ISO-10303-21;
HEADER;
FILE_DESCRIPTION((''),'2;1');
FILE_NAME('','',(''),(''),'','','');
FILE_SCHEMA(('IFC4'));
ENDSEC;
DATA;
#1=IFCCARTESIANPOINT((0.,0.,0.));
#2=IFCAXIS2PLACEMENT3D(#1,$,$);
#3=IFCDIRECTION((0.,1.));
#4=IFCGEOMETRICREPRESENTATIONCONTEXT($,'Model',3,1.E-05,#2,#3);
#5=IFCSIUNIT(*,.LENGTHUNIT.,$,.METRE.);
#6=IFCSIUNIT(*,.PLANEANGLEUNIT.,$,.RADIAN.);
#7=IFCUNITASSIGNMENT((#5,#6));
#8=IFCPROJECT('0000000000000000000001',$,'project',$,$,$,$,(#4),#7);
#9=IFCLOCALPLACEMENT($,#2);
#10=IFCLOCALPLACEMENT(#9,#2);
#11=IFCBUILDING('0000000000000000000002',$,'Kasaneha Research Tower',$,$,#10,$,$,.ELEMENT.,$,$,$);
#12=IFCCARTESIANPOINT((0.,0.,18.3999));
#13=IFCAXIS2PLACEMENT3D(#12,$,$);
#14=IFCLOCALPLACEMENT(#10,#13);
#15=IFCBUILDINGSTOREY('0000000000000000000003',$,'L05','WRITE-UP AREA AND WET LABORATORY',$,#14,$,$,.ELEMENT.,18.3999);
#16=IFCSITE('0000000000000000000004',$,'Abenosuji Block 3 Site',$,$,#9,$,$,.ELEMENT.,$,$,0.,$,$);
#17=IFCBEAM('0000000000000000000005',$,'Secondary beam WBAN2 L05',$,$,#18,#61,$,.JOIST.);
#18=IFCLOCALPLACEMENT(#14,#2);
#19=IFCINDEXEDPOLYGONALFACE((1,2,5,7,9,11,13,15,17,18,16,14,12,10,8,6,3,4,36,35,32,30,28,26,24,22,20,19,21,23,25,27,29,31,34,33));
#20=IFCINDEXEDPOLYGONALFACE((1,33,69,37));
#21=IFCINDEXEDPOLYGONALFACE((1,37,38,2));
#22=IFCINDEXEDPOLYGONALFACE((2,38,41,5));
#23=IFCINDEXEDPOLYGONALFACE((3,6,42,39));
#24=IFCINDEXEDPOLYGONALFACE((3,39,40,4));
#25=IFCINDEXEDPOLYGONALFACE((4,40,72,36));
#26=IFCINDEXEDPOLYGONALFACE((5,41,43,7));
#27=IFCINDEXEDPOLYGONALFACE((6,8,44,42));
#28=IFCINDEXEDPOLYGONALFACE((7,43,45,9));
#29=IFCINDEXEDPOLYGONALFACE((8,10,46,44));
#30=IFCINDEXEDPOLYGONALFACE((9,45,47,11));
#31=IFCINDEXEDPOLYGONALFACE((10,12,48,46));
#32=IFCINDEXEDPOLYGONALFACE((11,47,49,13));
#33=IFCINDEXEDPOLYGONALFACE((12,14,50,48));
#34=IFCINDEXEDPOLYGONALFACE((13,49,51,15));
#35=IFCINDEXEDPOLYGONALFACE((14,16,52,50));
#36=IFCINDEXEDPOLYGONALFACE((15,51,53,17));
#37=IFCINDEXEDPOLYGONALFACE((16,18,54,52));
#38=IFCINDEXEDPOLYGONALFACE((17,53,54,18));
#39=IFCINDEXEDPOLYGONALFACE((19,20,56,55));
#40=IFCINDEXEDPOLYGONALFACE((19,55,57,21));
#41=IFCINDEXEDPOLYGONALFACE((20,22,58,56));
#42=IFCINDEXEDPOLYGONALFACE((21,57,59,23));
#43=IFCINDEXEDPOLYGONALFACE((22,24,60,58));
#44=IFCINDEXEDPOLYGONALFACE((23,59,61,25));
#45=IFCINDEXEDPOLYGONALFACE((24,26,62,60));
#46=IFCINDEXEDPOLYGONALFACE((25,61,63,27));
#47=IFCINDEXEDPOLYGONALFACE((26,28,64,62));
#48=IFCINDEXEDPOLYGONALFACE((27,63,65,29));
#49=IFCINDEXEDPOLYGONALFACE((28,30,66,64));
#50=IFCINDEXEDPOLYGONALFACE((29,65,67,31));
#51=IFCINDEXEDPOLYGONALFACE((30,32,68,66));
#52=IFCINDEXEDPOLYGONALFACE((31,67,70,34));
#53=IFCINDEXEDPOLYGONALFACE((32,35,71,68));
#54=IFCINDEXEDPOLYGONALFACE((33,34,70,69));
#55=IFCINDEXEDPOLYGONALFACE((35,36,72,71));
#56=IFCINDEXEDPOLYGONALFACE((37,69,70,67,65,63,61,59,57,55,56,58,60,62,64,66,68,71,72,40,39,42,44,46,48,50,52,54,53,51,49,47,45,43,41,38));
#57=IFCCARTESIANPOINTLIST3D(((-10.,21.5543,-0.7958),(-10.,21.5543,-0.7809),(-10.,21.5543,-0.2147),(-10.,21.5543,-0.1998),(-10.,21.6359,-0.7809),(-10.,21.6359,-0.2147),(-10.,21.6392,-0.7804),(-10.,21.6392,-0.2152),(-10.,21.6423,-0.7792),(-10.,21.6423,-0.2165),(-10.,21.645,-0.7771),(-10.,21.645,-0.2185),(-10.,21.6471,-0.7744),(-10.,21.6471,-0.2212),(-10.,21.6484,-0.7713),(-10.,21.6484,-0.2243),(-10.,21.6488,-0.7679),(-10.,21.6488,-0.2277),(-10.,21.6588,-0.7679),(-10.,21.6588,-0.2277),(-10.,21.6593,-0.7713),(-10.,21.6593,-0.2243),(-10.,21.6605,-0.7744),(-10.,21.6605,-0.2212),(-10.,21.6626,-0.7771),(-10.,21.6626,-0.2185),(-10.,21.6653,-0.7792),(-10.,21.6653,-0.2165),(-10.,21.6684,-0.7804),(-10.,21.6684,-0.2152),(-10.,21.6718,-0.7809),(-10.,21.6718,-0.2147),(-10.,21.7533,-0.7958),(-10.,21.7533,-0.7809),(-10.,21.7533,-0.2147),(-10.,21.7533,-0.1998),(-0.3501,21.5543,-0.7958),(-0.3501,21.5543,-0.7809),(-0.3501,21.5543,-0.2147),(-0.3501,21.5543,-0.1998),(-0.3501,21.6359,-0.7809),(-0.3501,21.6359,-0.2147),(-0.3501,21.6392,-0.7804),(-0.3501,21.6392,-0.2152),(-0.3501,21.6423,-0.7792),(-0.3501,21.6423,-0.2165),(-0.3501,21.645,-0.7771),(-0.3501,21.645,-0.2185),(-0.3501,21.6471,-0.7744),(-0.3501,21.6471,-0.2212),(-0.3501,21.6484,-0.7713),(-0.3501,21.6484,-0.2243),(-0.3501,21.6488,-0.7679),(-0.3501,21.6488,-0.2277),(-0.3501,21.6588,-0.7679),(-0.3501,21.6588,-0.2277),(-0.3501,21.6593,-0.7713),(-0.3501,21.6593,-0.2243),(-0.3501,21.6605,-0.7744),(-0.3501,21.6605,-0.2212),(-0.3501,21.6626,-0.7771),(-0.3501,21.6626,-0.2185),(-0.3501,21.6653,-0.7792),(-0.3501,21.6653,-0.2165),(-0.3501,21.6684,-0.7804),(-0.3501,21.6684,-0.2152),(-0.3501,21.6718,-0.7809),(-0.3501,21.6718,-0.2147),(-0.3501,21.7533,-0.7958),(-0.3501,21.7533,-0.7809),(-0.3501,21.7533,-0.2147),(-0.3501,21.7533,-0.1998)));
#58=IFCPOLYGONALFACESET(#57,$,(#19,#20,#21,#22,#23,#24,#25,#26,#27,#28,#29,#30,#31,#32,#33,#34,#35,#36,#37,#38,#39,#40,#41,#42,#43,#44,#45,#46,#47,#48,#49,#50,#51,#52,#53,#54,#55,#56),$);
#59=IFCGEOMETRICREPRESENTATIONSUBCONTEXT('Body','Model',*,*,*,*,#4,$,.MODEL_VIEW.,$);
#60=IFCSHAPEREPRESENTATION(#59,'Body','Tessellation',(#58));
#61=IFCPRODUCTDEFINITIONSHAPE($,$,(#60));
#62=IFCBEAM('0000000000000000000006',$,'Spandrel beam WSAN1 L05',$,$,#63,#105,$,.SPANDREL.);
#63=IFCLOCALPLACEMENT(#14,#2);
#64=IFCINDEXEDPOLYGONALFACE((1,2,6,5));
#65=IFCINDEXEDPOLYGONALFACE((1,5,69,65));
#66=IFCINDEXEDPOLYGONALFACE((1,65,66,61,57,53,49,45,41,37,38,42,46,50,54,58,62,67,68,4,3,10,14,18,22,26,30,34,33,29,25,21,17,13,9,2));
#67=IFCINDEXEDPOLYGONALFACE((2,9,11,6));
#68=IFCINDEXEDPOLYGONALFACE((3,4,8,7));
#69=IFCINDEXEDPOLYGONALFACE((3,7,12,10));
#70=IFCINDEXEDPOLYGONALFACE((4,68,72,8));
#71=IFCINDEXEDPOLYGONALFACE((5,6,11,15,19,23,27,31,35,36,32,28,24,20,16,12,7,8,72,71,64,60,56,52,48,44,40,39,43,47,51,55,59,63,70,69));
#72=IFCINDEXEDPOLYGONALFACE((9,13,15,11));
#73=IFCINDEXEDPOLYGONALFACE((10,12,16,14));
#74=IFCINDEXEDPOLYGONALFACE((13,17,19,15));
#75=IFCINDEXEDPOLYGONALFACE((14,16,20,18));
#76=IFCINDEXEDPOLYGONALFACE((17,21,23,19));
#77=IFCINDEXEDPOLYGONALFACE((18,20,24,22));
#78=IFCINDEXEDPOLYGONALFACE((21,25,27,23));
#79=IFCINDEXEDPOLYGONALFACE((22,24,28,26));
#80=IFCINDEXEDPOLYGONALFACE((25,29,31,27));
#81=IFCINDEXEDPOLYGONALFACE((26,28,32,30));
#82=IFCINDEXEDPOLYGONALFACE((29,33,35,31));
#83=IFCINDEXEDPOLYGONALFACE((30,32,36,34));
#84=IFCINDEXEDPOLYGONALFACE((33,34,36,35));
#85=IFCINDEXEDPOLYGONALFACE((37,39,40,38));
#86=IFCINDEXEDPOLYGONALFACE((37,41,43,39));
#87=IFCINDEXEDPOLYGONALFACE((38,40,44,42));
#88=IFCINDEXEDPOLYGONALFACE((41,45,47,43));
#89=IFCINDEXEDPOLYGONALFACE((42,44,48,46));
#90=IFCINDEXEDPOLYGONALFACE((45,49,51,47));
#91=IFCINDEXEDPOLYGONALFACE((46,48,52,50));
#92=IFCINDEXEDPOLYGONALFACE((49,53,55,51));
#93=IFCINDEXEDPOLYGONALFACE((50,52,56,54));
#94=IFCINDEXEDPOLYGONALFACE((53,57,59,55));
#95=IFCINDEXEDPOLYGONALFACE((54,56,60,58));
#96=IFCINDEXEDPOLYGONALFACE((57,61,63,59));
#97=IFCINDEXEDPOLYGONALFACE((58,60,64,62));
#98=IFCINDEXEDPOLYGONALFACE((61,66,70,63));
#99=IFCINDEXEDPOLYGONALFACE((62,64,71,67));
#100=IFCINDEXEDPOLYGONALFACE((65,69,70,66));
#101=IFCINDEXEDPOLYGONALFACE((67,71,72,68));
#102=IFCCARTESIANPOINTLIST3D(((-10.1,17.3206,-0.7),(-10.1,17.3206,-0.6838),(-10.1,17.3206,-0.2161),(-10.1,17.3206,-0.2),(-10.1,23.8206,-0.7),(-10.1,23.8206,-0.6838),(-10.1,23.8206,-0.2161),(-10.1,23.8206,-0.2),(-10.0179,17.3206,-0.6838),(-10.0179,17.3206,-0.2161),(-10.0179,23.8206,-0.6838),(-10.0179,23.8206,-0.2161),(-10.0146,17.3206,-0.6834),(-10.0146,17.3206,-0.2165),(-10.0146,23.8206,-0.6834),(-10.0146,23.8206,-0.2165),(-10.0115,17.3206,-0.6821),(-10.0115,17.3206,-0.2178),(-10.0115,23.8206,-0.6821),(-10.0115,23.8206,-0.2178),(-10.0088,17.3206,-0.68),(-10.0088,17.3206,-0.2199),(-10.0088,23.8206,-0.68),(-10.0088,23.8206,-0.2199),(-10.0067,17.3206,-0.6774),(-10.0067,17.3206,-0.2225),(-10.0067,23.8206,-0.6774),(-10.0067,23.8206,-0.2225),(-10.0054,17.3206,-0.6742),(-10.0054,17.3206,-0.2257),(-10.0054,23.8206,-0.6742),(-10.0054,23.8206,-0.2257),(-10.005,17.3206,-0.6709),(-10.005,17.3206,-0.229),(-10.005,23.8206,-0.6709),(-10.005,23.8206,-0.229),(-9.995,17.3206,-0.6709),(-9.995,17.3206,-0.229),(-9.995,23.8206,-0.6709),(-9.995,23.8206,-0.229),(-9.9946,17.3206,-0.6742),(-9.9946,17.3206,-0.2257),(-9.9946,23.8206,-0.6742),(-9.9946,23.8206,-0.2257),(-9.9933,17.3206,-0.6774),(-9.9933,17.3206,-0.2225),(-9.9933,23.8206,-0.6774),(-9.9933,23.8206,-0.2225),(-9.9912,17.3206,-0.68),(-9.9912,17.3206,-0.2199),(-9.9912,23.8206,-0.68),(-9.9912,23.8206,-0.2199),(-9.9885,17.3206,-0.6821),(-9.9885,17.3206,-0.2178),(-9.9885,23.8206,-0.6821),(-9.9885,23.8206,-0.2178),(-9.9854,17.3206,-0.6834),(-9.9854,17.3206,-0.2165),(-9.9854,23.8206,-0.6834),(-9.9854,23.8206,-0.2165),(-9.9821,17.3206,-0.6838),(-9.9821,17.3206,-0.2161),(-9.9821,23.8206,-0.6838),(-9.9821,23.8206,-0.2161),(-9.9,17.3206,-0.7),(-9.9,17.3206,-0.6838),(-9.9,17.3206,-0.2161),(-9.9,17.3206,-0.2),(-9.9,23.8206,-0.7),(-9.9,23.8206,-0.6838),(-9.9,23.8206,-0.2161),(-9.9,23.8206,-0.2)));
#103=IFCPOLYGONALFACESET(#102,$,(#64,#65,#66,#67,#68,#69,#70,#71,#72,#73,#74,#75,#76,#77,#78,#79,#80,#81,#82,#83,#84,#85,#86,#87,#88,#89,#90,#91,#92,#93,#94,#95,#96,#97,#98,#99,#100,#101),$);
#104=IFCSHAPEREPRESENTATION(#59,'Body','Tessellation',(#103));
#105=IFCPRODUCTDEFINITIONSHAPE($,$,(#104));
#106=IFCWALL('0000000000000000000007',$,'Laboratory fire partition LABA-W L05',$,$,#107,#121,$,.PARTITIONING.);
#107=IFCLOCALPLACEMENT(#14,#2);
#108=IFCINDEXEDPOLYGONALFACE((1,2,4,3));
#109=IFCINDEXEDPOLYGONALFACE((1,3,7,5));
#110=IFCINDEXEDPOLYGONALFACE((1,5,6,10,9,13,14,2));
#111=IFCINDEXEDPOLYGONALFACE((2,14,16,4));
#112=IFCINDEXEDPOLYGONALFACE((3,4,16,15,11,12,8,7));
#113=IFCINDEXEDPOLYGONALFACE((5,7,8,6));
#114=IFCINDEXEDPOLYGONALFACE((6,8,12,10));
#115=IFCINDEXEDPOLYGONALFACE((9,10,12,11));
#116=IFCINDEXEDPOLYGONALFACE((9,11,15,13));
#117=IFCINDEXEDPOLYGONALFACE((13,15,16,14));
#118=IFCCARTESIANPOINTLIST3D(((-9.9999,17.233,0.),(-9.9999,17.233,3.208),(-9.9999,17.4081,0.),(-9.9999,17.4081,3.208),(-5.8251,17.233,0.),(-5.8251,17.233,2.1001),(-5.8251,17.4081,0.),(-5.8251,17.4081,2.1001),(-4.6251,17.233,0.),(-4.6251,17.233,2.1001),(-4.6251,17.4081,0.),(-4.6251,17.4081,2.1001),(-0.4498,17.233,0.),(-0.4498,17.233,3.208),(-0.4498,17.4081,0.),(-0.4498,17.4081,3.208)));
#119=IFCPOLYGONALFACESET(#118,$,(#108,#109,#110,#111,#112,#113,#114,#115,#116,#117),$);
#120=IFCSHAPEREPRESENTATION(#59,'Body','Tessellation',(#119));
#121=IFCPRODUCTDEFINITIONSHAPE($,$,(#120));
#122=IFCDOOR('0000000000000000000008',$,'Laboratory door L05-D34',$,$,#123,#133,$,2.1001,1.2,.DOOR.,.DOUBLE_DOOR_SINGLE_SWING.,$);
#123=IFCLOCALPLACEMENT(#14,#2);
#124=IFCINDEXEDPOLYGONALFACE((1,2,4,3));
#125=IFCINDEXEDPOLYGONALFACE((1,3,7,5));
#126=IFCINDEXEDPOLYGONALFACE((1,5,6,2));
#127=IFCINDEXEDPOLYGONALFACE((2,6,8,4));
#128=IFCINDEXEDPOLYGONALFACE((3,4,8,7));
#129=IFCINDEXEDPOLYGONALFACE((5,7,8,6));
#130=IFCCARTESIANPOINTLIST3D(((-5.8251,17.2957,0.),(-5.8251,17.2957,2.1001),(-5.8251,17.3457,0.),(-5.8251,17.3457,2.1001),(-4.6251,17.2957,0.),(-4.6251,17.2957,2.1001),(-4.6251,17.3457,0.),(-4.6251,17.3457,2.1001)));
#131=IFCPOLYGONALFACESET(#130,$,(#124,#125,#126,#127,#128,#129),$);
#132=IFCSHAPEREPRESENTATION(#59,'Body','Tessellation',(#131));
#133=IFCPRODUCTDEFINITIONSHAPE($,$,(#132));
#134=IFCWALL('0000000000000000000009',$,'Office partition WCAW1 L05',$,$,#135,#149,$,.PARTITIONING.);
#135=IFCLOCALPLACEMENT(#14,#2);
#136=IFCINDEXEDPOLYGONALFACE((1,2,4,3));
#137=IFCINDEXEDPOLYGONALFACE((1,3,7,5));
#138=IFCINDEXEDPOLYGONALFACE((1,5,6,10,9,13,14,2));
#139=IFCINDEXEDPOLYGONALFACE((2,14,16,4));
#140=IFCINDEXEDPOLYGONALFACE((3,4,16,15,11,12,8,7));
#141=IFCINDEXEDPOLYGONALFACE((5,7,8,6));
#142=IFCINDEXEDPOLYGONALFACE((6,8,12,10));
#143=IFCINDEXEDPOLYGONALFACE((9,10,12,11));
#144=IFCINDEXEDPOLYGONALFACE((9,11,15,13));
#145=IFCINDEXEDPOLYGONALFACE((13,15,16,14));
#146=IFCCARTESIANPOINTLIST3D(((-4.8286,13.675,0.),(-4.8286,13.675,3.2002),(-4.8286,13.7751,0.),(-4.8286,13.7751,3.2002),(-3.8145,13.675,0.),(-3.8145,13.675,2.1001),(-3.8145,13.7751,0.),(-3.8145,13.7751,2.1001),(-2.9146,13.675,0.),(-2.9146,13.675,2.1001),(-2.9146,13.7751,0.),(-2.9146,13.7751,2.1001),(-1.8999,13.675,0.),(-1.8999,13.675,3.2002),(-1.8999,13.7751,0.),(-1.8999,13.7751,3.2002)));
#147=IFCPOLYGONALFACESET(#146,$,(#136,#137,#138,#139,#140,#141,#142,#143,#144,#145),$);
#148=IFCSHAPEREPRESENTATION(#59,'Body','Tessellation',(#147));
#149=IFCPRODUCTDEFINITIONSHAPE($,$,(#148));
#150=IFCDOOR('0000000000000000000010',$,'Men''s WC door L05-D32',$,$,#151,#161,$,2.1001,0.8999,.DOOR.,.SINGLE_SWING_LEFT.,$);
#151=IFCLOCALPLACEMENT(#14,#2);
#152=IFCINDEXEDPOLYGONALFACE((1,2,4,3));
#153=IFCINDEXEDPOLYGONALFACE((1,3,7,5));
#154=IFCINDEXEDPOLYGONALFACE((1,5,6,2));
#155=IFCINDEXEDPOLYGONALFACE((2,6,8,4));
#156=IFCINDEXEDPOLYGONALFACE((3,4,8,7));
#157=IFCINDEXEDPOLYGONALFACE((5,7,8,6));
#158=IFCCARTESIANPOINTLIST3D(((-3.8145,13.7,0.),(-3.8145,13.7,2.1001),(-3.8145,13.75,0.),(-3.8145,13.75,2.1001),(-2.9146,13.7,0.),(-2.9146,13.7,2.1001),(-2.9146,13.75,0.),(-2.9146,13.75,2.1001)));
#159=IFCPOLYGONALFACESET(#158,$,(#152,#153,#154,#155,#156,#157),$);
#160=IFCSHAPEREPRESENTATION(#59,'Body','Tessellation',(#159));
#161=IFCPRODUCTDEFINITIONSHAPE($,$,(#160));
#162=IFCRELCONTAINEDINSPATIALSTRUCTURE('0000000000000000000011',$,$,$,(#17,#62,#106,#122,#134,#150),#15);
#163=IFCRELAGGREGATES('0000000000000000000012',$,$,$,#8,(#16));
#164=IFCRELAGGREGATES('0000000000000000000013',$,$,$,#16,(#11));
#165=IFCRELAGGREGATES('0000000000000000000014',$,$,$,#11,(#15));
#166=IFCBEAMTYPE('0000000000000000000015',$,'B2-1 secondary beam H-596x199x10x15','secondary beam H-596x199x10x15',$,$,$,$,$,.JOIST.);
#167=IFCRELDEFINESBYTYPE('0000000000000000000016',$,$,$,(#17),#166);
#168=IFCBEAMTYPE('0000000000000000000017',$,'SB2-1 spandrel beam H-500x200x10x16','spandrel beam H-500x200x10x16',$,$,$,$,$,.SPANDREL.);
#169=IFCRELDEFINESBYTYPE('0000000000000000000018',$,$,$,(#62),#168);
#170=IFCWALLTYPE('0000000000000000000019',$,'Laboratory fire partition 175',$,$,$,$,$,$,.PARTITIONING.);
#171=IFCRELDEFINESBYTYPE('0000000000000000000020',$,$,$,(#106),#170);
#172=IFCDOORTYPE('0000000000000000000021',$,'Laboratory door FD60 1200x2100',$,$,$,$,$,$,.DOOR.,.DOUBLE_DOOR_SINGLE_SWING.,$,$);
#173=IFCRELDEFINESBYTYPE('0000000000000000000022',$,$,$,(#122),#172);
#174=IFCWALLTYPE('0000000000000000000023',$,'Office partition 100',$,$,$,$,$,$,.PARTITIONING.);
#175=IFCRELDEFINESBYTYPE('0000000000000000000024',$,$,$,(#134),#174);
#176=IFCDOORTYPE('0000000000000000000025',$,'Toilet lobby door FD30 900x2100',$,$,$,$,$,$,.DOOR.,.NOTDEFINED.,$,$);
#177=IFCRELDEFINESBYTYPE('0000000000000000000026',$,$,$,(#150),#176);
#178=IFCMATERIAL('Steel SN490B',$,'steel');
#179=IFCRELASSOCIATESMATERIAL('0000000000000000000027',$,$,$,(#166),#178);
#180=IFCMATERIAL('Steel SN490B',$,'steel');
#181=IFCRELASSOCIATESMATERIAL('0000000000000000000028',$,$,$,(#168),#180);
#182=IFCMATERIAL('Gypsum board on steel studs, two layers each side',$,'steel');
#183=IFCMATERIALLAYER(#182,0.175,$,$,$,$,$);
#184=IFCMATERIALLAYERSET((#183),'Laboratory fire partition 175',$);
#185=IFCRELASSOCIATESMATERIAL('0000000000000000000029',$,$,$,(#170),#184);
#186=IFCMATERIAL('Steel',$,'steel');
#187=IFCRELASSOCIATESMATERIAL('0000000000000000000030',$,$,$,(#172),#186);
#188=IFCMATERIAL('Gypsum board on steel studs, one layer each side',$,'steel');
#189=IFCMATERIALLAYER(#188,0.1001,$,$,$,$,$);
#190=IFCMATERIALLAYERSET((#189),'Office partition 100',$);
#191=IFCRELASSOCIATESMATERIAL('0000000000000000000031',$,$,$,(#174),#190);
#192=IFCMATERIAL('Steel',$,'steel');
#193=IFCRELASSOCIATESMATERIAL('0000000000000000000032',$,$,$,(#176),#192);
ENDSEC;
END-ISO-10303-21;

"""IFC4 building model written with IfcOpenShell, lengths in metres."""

from ifc_helpers import new_model, si_unit, direction, frame, frame_2d, origin, origin_2d, place, context, subcontext, project, spatial, rectangle, i_section, extrude, material, layer, layer_set, material_profile, profile_set, type_object, element, fill, save


model = new_model("IFC4")

# Units and contexts
model_context = context("Model", 3, precision=1e-05, world=origin(), true_north=direction((0.0, 1.0)))
body_context = subcontext(model_context, "Body", "Model", "MODEL_VIEW")
ifc_project = project(units=[si_unit("LENGTHUNIT", "METRE"), si_unit("PLANEANGLEUNIT", "RADIAN")], contexts=[model_context])

# Site, building, storey
site_placement = place(None, origin())
site = spatial("IfcSite", under=ifc_project, at=site_placement, Name="Abenosuji Block 3 Site", CompositionType="ELEMENT", RefElevation=0.0)
building_placement = place(site_placement, origin())
building = spatial("IfcBuilding", under=site, at=building_placement, Name="Kasaneha Research Tower", CompositionType="ELEMENT")
storey_placement = place(building_placement, frame((0.0, 0.0, 18.3999)))
storey = spatial("IfcBuildingStorey", under=building, at=storey_placement, Name="L05", Description="WRITE-UP AREA AND WET LABORATORY", CompositionType="ELEMENT", Elevation=18.3999)

# Beams
ifc_material_1 = material(Name="Steel SN490B", Category="steel")
ifc_material_profile_1 = material_profile(ifc_material_1, i_section(OverallWidth=0.199, OverallDepth=0.5959, WebThickness=0.01, FlangeThickness=0.0149, FilletRadius=0.0129, at=origin_2d()), Name="H-596x199x10x15")
ifc_profile_set_1 = profile_set([ifc_material_profile_1], Name="Steel SN490B")
beam_type_1 = type_object("IfcBeamType", Name="B2-1 secondary beam H-596x199x10x15", Description="secondary beam H-596x199x10x15", PredefinedType="JOIST", material=ifc_profile_set_1)
for number, where, z_axis, x_axis, name in (
    (1, (-10.0, 21.6538, -0.4978), (1.0, 0.0, 0.0), (0.0, 1.0, 0.0), "Secondary beam WBAN2 L05"),
):
    element("IfcBeam", number, at=place(storey_placement, frame(where, z_axis=z_axis, x_axis=x_axis)), inside=storey, type_object=beam_type_1, Name=name, PredefinedType="JOIST", context=body_context, shape_type="SweptSolid", body=[
        extrude(i_section(OverallWidth=0.199, OverallDepth=0.5959, WebThickness=0.01, FlangeThickness=0.0149, FilletRadius=0.0129, at=origin_2d()), origin(), (0.0, 0.0, 1.0), 9.6499),
    ])
ifc_material_2 = material(Name="Steel SN490B", Category="steel")
ifc_material_profile_2 = material_profile(ifc_material_2, i_section(OverallWidth=0.2, OverallDepth=0.5, WebThickness=0.01, FlangeThickness=0.0161, FilletRadius=0.0129, at=origin_2d()), Name="H-500x200x10x16")
ifc_profile_set_2 = profile_set([ifc_material_profile_2], Name="Steel SN490B")
beam_type_2 = type_object("IfcBeamType", Name="SB2-1 spandrel beam H-500x200x10x16", Description="spandrel beam H-500x200x10x16", PredefinedType="SPANDREL", material=ifc_profile_set_2)
beam_1_placement = place(storey_placement, frame((-10.0, 17.3206, -0.45), z_axis=(0.0, 1.0, 0.0), x_axis=(-1.0, 0.0, 0.0)))
element("IfcBeam", 2, at=beam_1_placement, inside=storey, type_object=beam_type_2, Name="Spandrel beam WSAN1 L05", PredefinedType="SPANDREL", context=body_context, shape_type="SweptSolid", body=[
    extrude(i_section(OverallWidth=0.2, OverallDepth=0.5, WebThickness=0.01, FlangeThickness=0.0161, FilletRadius=0.0129, at=origin_2d()), origin(), (0.0, 0.0, 1.0), 6.5),
])

# Walls, openings, doors
ifc_material_3 = material(Name="Gypsum board on steel studs, two layers each side", Category="steel")
ifc_layer_1 = layer(ifc_material_3, 0.175)
ifc_layer_set_1 = layer_set([ifc_layer_1], Name="Laboratory fire partition 175")
wall_type_1 = type_object("IfcWallType", Name="Laboratory fire partition 175", PredefinedType="PARTITIONING", material=ifc_layer_set_1)
wall_1_placement = place(storey_placement, frame((-0.45, 17.3206, 0.0), z_axis=(0.0, 0.0, 1.0), x_axis=(-1.0, 0.0, 0.0)))
wall_1 = element("IfcWall", 3, at=wall_1_placement, inside=storey, type_object=wall_type_1, Name="Laboratory fire partition LABA-W L05", PredefinedType="PARTITIONING", context=body_context, shape_type="SweptSolid", body=[
    extrude(rectangle(XDim=9.55, YDim=0.175, at=frame_2d((4.7749, 0.0))), origin(), (0.0, 0.0, 1.0), 3.208),
])
opening_1_placement = place(wall_1_placement, frame((4.175, 0.0, 0.0)))
opening_1 = element("IfcOpeningElement", 4, at=opening_1_placement, cuts=wall_1, PredefinedType="OPENING", context=body_context, shape_type="SweptSolid", body=[
    extrude(rectangle(XDim=1.2, YDim=2.1001, at=frame_2d((0.6001, 1.05))), frame((0.0, 0.0977, 0.0), z_axis=(0.0, -1.0, 0.0), x_axis=(1.0, 0.0, 0.0)), (0.0, 0.0, 1.0), 0.1951),
])
ifc_material_4 = material(Name="Steel", Category="steel")
door_type_1 = type_object("IfcDoorType", Name="Laboratory door FD60 1200x2100", OperationType="DOUBLE_DOOR_SINGLE_SWING", PredefinedType="DOOR", material=ifc_material_4)
door_1_placement = place(opening_1_placement, origin())
door_1 = element("IfcDoor", 5, at=door_1_placement, inside=storey, type_object=door_type_1, Name="Laboratory door L05-D34", OperationType="DOUBLE_DOOR_SINGLE_SWING", OverallHeight=2.1001, OverallWidth=1.2, PredefinedType="DOOR", context=body_context, shape_type="SweptSolid", body=[
    extrude(rectangle(XDim=1.2, YDim=2.1001, at=frame_2d((0.6001, 1.05))), frame((0.0, 0.0249, 0.0), z_axis=(0.0, -1.0, 0.0), x_axis=(1.0, 0.0, 0.0)), (0.0, 0.0, 1.0), 0.05),
])
fill(opening_1, door_1)
ifc_material_5 = material(Name="Gypsum board on steel studs, one layer each side", Category="steel")
ifc_layer_2 = layer(ifc_material_5, 0.1001)
ifc_layer_set_2 = layer_set([ifc_layer_2], Name="Office partition 100")
wall_type_2 = type_object("IfcWallType", Name="Office partition 100", PredefinedType="PARTITIONING", material=ifc_layer_set_2)
wall_2_placement = place(storey_placement, frame((-4.8286, 13.7251, 0.0), z_axis=(0.0, 0.0, 1.0), x_axis=(1.0, 0.0, 0.0)))
wall_2 = element("IfcWall", 6, at=wall_2_placement, inside=storey, type_object=wall_type_2, Name="Office partition WCAW1 L05", PredefinedType="PARTITIONING", context=body_context, shape_type="SweptSolid", body=[
    extrude(rectangle(XDim=2.9287, YDim=0.1001, at=frame_2d((1.4644, 0.0))), origin(), (0.0, 0.0, 1.0), 3.2002),
])
opening_2_placement = place(wall_2_placement, frame((1.0142, 0.0, 0.0)))
opening_2 = element("IfcOpeningElement", 7, at=opening_2_placement, cuts=wall_2, PredefinedType="OPENING", context=body_context, shape_type="SweptSolid", body=[
    extrude(rectangle(XDim=0.8999, YDim=2.1001, at=frame_2d((0.45, 1.05))), frame((0.0, 0.0601, 0.0), z_axis=(0.0, -1.0, 0.0), x_axis=(1.0, 0.0, 0.0)), (0.0, 0.0, 1.0), 0.1201),
])
ifc_material_6 = material(Name="Steel", Category="steel")
door_type_2 = type_object("IfcDoorType", Name="Toilet lobby door FD30 900x2100", OperationType="NOTDEFINED", PredefinedType="DOOR", material=ifc_material_6)
door_2_placement = place(opening_2_placement, origin())
door_2 = element("IfcDoor", 8, at=door_2_placement, inside=storey, type_object=door_type_2, Name="Men's WC door L05-D32", OperationType="SINGLE_SWING_LEFT", OverallHeight=2.1001, OverallWidth=0.8999, PredefinedType="DOOR", context=body_context, shape_type="SweptSolid", body=[
    extrude(rectangle(XDim=0.8999, YDim=2.1001, at=frame_2d((0.45, 1.05))), frame((0.0, 0.0249, 0.0), z_axis=(0.0, -1.0, 0.0), x_axis=(1.0, 0.0, 0.0)), (0.0, 0.0, 1.0), 0.05),
])
fill(opening_2, door_2)

save(model, "model.ifc")
